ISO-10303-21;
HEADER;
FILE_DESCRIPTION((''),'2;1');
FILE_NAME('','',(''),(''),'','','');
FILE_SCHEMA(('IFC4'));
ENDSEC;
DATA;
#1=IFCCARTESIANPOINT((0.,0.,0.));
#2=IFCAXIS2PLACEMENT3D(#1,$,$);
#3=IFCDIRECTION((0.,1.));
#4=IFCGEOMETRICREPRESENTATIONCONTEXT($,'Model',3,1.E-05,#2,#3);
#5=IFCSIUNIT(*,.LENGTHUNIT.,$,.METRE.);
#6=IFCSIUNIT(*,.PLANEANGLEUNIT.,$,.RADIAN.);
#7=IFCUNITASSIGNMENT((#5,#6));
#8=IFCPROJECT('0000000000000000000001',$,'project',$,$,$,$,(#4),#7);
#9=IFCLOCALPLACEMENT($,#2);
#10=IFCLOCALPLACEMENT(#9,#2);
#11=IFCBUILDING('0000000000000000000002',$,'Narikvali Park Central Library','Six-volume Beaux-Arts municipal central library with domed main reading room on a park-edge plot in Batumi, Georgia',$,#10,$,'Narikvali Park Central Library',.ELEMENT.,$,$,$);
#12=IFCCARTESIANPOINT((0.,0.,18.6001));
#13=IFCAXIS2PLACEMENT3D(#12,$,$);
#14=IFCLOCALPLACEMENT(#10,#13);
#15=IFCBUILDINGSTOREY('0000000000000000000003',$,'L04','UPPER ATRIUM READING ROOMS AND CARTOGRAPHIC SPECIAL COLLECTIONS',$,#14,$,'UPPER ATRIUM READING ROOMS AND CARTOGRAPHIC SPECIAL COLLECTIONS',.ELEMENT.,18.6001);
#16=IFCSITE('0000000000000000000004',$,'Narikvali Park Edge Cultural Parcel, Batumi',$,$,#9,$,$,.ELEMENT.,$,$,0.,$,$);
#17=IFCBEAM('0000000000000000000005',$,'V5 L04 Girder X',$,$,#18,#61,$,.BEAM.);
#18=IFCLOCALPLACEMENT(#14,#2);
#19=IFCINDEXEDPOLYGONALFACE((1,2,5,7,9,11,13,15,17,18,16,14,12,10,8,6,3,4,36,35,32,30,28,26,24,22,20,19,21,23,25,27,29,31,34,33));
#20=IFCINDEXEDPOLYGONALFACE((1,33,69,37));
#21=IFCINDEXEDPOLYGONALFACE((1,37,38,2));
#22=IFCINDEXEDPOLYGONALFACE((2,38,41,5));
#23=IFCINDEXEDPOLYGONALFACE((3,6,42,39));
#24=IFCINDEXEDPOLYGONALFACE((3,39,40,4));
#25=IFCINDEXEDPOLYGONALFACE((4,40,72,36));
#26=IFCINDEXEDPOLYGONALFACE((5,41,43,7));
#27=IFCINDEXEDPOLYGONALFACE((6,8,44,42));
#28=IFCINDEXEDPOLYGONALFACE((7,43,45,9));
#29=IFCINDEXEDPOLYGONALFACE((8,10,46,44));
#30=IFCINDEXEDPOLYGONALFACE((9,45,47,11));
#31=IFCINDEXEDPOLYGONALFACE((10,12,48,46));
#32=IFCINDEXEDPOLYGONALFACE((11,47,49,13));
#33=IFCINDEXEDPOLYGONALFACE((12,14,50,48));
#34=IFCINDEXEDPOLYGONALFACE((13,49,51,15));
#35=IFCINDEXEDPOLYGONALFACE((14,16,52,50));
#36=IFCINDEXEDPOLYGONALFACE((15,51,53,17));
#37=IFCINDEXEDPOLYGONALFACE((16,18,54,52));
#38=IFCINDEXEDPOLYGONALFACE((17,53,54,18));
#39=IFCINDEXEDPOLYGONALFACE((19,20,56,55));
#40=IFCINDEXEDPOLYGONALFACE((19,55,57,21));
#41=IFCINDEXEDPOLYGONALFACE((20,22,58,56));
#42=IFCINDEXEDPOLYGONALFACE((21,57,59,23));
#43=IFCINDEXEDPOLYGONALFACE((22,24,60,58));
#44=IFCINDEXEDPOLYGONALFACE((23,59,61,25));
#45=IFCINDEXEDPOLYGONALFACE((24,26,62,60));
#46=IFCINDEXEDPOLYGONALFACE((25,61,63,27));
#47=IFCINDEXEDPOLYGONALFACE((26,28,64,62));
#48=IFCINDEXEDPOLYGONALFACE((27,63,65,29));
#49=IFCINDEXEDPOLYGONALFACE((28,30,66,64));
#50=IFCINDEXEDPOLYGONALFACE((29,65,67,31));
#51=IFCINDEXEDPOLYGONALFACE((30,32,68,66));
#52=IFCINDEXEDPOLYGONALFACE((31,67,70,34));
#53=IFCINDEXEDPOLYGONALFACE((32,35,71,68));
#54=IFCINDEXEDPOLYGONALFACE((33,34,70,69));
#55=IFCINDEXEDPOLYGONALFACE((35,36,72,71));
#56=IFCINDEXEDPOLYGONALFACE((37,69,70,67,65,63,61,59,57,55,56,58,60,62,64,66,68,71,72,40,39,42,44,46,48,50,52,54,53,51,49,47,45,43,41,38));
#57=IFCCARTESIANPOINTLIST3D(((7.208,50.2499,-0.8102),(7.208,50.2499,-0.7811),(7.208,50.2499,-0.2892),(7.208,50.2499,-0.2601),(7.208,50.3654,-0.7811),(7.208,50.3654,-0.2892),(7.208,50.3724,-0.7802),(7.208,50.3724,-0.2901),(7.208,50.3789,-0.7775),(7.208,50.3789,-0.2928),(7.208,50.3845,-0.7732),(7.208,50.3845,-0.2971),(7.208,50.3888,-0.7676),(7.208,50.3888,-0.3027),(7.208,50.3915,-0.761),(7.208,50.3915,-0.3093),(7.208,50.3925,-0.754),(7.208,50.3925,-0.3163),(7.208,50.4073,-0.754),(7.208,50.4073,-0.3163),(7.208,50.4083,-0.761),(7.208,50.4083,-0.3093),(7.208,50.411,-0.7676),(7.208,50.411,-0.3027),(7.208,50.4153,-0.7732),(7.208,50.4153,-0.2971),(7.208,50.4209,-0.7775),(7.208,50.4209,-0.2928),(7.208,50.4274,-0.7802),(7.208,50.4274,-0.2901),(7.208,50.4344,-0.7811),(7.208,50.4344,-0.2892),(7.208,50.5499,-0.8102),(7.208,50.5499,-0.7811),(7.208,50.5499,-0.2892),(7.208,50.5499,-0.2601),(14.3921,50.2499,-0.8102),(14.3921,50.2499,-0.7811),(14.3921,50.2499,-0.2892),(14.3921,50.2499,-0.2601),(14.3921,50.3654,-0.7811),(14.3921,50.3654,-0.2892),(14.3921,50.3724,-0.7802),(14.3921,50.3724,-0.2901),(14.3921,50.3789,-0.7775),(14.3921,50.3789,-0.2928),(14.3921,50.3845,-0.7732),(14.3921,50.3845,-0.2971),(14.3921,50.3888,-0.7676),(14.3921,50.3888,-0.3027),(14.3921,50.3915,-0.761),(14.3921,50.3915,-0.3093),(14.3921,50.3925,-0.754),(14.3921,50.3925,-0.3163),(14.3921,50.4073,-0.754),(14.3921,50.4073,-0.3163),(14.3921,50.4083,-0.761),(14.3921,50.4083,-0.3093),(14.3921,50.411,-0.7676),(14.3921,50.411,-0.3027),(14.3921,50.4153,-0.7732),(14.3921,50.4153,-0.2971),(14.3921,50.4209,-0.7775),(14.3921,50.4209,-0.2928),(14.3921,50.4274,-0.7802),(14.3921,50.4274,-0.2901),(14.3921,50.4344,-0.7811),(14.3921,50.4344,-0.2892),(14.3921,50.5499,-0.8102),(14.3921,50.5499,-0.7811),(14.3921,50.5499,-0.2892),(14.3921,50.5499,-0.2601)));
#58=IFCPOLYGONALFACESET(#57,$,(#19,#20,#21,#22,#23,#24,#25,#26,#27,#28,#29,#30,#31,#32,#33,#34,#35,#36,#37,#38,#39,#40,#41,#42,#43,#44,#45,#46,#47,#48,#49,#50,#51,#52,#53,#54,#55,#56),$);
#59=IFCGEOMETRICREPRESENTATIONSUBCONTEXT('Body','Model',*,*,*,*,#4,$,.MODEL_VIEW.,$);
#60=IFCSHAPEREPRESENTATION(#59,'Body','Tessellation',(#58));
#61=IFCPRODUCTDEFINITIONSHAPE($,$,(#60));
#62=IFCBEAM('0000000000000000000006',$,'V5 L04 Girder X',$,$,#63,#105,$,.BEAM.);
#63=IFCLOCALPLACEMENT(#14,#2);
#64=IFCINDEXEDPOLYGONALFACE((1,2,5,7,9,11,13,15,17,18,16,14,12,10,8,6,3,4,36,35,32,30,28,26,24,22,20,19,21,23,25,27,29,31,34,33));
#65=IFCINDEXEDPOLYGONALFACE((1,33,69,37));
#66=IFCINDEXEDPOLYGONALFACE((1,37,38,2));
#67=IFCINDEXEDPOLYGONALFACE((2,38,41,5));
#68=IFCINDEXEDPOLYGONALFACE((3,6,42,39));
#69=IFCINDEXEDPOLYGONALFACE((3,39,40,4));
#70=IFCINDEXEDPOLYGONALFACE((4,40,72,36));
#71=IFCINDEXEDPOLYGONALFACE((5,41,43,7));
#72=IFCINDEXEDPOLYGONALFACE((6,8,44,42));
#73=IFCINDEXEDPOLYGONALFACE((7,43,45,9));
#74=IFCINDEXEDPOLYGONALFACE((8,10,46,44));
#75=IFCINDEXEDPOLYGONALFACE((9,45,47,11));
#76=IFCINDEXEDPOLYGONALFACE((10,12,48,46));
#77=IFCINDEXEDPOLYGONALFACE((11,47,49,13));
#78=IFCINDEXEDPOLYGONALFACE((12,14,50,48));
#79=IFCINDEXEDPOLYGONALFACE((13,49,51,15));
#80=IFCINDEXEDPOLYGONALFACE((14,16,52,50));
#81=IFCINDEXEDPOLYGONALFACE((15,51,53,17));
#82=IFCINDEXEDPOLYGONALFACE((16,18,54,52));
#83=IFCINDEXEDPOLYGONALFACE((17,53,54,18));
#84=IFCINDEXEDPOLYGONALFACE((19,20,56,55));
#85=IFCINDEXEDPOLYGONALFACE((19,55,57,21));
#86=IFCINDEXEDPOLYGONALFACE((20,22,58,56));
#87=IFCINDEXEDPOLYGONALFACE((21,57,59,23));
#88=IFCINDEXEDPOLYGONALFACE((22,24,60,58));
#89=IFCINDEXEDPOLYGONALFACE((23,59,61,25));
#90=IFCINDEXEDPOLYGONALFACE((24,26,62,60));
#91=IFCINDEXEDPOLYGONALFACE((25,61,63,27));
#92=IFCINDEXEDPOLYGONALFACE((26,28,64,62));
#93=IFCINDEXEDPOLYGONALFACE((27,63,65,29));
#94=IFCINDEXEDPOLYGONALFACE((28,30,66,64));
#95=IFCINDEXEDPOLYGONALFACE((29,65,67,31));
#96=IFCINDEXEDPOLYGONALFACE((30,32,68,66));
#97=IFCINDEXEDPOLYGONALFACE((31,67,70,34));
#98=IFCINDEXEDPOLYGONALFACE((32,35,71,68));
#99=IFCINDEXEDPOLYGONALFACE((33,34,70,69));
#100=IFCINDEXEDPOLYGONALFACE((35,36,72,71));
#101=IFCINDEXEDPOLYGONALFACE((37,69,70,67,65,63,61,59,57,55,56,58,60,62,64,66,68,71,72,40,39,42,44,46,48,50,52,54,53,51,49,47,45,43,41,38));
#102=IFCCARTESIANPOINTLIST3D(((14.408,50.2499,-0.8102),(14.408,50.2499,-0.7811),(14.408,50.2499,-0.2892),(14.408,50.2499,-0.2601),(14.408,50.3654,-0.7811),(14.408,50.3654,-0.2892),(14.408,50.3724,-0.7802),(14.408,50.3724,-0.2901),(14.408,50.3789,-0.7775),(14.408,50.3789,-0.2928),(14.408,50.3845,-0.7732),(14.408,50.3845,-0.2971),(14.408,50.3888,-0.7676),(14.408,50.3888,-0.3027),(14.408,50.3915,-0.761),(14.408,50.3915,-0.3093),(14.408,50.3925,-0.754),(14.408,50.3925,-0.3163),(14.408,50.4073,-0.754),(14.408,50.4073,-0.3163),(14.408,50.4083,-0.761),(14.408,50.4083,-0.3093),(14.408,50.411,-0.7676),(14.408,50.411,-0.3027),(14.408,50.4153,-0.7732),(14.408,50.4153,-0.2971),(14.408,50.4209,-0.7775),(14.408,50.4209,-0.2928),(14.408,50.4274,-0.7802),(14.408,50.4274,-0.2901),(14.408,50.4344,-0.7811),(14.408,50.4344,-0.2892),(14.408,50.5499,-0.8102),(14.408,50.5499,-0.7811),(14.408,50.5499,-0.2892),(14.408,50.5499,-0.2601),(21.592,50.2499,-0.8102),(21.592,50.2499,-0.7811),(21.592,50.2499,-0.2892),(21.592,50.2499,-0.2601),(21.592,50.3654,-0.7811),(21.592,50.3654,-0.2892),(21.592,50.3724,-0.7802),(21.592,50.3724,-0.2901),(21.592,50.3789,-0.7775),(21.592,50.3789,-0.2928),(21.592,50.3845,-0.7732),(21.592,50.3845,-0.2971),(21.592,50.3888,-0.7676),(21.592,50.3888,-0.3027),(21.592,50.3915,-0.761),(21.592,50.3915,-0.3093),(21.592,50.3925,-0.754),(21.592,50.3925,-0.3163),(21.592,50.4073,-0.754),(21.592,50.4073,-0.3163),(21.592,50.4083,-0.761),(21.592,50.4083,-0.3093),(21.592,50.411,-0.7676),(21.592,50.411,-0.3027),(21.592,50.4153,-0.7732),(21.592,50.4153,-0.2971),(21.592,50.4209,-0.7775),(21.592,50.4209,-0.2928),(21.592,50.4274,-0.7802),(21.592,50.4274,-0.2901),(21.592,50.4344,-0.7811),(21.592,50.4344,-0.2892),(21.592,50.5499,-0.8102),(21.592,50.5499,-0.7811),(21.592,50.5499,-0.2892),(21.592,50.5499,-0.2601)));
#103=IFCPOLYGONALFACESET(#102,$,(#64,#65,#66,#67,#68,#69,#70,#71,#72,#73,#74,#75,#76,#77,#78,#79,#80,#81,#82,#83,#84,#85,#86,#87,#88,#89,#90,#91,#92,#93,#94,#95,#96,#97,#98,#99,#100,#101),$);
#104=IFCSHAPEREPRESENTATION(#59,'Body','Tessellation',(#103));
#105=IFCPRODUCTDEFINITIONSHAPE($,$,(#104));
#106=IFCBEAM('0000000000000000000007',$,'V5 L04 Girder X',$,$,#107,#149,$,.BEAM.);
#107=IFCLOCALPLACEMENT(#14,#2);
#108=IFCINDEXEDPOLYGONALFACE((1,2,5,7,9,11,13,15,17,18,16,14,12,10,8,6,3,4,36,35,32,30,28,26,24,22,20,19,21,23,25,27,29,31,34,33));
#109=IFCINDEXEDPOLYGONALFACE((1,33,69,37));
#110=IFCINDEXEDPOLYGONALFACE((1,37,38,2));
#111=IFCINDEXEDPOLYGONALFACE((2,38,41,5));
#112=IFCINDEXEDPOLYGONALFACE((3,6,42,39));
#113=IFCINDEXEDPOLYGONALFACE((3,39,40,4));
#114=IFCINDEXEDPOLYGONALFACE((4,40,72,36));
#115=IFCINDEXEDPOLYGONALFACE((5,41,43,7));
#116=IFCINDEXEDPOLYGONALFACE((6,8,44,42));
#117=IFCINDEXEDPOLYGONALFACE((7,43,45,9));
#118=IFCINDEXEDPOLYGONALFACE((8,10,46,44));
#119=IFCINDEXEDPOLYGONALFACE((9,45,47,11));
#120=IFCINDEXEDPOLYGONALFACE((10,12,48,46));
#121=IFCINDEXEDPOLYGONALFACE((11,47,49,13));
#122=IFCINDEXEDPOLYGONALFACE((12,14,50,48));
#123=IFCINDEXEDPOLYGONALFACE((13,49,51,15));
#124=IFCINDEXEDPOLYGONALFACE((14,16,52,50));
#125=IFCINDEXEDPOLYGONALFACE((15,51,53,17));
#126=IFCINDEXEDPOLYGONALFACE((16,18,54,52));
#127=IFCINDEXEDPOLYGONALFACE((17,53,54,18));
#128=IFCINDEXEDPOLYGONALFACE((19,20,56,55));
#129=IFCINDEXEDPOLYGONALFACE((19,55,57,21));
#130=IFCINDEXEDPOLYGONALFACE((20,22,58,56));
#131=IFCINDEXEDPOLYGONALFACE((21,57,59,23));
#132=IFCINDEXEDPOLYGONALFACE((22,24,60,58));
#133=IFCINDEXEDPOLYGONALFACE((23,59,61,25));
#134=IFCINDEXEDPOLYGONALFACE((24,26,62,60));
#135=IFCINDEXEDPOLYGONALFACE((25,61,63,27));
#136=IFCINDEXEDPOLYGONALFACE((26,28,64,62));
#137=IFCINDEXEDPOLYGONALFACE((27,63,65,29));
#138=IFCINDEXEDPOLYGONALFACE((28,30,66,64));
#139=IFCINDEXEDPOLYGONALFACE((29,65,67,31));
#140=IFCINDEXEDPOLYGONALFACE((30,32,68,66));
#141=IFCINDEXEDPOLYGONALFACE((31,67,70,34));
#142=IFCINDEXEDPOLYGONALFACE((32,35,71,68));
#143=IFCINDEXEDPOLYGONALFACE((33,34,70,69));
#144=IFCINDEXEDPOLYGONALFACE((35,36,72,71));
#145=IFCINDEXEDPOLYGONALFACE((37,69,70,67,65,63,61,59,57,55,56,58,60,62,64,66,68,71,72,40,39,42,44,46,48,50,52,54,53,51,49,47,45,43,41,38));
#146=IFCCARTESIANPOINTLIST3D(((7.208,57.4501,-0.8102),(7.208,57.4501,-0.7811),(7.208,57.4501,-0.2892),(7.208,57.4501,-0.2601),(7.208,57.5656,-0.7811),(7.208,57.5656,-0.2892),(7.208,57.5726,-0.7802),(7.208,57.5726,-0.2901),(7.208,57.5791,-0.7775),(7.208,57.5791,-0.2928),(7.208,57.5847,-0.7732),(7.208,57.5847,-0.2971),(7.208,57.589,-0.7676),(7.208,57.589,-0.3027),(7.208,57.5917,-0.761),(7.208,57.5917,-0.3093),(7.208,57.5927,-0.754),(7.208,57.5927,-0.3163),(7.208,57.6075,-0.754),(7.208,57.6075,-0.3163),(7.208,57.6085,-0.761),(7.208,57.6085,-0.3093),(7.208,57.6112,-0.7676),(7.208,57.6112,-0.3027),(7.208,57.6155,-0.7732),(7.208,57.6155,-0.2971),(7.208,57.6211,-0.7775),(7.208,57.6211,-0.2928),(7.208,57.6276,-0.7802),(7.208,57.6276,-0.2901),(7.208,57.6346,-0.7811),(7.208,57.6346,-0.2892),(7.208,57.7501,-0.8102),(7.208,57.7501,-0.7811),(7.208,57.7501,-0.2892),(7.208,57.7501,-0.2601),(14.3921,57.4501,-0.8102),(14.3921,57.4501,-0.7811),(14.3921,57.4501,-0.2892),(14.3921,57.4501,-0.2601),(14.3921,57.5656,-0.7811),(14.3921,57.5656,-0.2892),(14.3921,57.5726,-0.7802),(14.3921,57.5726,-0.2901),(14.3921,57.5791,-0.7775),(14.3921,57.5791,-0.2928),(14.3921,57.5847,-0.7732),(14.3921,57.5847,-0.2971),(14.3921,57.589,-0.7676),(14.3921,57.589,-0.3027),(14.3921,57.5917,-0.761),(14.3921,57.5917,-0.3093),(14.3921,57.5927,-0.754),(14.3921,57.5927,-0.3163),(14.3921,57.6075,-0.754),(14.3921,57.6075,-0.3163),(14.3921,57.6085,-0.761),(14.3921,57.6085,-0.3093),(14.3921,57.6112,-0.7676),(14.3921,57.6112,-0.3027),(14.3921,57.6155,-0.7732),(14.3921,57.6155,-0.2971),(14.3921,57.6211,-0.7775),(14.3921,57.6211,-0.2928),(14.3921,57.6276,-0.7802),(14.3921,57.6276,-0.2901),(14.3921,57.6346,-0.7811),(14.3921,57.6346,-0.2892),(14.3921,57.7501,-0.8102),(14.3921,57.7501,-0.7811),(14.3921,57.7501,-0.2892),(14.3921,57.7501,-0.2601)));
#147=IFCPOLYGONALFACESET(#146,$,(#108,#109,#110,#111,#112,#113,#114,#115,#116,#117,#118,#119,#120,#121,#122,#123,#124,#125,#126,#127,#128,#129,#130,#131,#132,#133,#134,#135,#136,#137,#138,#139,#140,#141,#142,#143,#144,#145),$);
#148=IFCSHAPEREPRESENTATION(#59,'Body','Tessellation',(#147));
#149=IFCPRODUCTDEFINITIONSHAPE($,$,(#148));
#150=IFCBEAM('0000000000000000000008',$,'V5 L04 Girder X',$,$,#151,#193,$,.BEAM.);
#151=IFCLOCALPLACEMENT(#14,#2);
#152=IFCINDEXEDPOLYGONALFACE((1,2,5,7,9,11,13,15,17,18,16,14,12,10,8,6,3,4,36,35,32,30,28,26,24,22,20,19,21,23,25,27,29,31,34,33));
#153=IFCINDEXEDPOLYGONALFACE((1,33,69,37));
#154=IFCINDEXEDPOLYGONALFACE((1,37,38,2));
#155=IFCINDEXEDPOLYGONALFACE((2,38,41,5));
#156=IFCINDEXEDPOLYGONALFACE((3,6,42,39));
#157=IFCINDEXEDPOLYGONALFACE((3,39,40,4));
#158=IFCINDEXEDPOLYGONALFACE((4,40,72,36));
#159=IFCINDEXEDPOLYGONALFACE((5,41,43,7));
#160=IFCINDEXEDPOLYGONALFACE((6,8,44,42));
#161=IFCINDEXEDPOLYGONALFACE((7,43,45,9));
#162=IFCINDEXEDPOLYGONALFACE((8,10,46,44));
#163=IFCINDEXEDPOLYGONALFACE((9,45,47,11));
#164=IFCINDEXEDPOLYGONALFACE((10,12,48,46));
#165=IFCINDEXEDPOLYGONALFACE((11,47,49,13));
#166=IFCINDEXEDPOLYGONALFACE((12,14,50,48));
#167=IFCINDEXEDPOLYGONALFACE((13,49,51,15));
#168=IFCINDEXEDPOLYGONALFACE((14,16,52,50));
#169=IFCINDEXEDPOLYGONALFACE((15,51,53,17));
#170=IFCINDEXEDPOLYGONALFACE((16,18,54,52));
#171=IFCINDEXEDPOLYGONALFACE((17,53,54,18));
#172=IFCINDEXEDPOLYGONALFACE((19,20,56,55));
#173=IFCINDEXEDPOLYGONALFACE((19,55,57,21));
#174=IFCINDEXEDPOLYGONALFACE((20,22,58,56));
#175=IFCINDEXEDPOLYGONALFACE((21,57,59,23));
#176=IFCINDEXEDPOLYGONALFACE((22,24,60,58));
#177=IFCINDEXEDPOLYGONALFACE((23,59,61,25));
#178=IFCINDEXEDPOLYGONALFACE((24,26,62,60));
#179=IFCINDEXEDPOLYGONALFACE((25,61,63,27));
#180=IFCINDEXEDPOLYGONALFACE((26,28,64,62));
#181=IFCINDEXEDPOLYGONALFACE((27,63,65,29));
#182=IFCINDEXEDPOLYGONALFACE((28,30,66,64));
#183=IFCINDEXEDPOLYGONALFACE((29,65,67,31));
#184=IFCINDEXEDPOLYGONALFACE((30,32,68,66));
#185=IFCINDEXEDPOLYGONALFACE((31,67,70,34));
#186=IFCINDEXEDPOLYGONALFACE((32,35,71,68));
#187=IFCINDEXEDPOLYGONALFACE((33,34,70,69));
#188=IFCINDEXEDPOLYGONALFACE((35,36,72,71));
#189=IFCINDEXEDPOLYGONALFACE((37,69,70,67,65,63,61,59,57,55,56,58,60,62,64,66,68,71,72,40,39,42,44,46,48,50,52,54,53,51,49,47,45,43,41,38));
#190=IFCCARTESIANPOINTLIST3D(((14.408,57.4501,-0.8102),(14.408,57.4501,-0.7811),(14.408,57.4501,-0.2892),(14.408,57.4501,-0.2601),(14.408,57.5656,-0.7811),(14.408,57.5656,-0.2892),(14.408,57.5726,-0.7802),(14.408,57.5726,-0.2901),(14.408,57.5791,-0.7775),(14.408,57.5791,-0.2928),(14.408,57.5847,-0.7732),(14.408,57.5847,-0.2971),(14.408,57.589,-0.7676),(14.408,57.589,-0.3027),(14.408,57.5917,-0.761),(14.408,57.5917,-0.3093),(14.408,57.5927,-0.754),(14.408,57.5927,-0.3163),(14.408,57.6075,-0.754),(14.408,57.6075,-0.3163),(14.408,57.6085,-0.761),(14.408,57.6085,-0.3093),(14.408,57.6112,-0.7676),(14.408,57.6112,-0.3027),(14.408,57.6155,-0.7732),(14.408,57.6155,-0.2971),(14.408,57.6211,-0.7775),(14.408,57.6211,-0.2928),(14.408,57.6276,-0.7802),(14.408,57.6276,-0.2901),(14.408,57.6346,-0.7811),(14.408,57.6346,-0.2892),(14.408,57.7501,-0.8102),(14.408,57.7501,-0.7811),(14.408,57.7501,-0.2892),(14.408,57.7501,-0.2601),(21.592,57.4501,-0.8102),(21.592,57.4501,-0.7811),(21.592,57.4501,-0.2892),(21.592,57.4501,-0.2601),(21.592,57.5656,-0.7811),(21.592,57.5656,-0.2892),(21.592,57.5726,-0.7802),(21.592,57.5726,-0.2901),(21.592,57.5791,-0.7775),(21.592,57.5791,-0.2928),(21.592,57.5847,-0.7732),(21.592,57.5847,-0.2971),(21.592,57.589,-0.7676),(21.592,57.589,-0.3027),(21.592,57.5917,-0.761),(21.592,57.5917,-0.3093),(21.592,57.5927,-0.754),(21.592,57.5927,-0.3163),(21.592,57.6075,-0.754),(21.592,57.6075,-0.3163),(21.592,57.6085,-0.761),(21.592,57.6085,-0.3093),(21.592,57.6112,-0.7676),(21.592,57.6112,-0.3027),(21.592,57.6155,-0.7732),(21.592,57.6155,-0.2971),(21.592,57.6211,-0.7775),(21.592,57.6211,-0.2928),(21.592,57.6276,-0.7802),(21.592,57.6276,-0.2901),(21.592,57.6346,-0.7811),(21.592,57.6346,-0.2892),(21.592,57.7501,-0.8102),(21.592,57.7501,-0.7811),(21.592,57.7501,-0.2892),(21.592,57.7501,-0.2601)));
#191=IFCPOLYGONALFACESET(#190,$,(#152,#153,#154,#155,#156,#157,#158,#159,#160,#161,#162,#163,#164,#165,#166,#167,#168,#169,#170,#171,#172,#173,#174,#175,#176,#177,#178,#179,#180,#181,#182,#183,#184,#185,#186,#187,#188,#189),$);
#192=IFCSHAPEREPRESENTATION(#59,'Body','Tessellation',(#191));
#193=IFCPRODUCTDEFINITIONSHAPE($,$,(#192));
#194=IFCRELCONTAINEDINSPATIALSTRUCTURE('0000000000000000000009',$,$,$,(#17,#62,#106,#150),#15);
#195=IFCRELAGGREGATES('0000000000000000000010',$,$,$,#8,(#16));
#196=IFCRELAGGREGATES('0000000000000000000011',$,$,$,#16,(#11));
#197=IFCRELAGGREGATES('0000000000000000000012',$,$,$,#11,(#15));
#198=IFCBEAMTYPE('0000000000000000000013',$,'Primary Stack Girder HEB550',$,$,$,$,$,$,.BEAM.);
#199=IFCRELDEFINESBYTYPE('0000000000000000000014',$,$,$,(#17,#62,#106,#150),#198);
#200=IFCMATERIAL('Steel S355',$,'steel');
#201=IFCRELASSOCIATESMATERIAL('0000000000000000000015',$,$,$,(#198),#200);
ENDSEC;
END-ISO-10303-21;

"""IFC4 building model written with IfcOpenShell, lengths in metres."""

from ifc_helpers import new_model, si_unit, direction, frame, origin, origin_2d, place, context, subcontext, project, spatial, i_section, extrude, material, material_profile, profile_set, type_object, element, save


model = new_model("IFC4")

# Units and contexts
model_context = context("Model", 3, precision=1e-05, world=origin(), true_north=direction((0.0, 1.0)))
body_context = subcontext(model_context, "Body", "Model", "MODEL_VIEW")
ifc_project = project(units=[si_unit("LENGTHUNIT", "METRE"), si_unit("PLANEANGLEUNIT", "RADIAN")], contexts=[model_context])

# Site, building, storey
site_placement = place(None, origin())
site = spatial("IfcSite", under=ifc_project, at=site_placement, Name="Narikvali Park Edge Cultural Parcel, Batumi", CompositionType="ELEMENT", RefElevation=0.0)
building_placement = place(site_placement, origin())
building = spatial("IfcBuilding", under=site, at=building_placement, Name="Narikvali Park Central Library", Description="Six-volume Beaux-Arts municipal central library with domed main reading room on a park-edge plot in Batumi, Georgia", LongName="Narikvali Park Central Library", CompositionType="ELEMENT")
storey_placement = place(building_placement, frame((0.0, 0.0, 18.6001)))
storey = spatial("IfcBuildingStorey", under=building, at=storey_placement, Name="L04", Description="UPPER ATRIUM READING ROOMS AND CARTOGRAPHIC SPECIAL COLLECTIONS", LongName="UPPER ATRIUM READING ROOMS AND CARTOGRAPHIC SPECIAL COLLECTIONS", CompositionType="ELEMENT", Elevation=18.6001)

# Shared definitions
ifc_material_1 = material(Name="Steel S355", Category="steel")

# Beams
ifc_material_profile_1 = material_profile(ifc_material_1, i_section(OverallWidth=0.3, OverallDepth=0.55, WebThickness=0.0149, FlangeThickness=0.0291, FilletRadius=0.0271, at=origin_2d()), Name="HEB 550")
ifc_profile_set_1 = profile_set([ifc_material_profile_1], Name="Steel S355")
beam_type_1 = type_object("IfcBeamType", Name="Primary Stack Girder HEB550", PredefinedType="BEAM", material=ifc_profile_set_1)
for number, where, z_axis, x_axis, name in (
    (1, (7.208, 50.3999, -0.5352), (1.0, 0.0, 0.0), (0.0, 1.0, 0.0), "V5 L04 Girder X"),
    (2, (14.408, 50.3999, -0.5352), (1.0, 0.0, 0.0), (0.0, 1.0, 0.0), "V5 L04 Girder X"),
    (3, (7.208, 57.6001, -0.5352), (1.0, 0.0, 0.0), (0.0, 1.0, 0.0), "V5 L04 Girder X"),
    (4, (14.408, 57.6001, -0.5352), (1.0, 0.0, 0.0), (0.0, 1.0, 0.0), "V5 L04 Girder X"),
):
    element("IfcBeam", number, at=place(storey_placement, frame(where, z_axis=z_axis, x_axis=x_axis)), inside=storey, type_object=beam_type_1, Name=name, PredefinedType="BEAM", context=body_context, shape_type="SweptSolid", body=[
        extrude(i_section(OverallWidth=0.3, OverallDepth=0.55, WebThickness=0.0149, FlangeThickness=0.0291, FilletRadius=0.0271, at=origin_2d()), origin(), (0.0, 0.0, 1.0), 7.1841),
    ])

save(model, "model.ifc")
